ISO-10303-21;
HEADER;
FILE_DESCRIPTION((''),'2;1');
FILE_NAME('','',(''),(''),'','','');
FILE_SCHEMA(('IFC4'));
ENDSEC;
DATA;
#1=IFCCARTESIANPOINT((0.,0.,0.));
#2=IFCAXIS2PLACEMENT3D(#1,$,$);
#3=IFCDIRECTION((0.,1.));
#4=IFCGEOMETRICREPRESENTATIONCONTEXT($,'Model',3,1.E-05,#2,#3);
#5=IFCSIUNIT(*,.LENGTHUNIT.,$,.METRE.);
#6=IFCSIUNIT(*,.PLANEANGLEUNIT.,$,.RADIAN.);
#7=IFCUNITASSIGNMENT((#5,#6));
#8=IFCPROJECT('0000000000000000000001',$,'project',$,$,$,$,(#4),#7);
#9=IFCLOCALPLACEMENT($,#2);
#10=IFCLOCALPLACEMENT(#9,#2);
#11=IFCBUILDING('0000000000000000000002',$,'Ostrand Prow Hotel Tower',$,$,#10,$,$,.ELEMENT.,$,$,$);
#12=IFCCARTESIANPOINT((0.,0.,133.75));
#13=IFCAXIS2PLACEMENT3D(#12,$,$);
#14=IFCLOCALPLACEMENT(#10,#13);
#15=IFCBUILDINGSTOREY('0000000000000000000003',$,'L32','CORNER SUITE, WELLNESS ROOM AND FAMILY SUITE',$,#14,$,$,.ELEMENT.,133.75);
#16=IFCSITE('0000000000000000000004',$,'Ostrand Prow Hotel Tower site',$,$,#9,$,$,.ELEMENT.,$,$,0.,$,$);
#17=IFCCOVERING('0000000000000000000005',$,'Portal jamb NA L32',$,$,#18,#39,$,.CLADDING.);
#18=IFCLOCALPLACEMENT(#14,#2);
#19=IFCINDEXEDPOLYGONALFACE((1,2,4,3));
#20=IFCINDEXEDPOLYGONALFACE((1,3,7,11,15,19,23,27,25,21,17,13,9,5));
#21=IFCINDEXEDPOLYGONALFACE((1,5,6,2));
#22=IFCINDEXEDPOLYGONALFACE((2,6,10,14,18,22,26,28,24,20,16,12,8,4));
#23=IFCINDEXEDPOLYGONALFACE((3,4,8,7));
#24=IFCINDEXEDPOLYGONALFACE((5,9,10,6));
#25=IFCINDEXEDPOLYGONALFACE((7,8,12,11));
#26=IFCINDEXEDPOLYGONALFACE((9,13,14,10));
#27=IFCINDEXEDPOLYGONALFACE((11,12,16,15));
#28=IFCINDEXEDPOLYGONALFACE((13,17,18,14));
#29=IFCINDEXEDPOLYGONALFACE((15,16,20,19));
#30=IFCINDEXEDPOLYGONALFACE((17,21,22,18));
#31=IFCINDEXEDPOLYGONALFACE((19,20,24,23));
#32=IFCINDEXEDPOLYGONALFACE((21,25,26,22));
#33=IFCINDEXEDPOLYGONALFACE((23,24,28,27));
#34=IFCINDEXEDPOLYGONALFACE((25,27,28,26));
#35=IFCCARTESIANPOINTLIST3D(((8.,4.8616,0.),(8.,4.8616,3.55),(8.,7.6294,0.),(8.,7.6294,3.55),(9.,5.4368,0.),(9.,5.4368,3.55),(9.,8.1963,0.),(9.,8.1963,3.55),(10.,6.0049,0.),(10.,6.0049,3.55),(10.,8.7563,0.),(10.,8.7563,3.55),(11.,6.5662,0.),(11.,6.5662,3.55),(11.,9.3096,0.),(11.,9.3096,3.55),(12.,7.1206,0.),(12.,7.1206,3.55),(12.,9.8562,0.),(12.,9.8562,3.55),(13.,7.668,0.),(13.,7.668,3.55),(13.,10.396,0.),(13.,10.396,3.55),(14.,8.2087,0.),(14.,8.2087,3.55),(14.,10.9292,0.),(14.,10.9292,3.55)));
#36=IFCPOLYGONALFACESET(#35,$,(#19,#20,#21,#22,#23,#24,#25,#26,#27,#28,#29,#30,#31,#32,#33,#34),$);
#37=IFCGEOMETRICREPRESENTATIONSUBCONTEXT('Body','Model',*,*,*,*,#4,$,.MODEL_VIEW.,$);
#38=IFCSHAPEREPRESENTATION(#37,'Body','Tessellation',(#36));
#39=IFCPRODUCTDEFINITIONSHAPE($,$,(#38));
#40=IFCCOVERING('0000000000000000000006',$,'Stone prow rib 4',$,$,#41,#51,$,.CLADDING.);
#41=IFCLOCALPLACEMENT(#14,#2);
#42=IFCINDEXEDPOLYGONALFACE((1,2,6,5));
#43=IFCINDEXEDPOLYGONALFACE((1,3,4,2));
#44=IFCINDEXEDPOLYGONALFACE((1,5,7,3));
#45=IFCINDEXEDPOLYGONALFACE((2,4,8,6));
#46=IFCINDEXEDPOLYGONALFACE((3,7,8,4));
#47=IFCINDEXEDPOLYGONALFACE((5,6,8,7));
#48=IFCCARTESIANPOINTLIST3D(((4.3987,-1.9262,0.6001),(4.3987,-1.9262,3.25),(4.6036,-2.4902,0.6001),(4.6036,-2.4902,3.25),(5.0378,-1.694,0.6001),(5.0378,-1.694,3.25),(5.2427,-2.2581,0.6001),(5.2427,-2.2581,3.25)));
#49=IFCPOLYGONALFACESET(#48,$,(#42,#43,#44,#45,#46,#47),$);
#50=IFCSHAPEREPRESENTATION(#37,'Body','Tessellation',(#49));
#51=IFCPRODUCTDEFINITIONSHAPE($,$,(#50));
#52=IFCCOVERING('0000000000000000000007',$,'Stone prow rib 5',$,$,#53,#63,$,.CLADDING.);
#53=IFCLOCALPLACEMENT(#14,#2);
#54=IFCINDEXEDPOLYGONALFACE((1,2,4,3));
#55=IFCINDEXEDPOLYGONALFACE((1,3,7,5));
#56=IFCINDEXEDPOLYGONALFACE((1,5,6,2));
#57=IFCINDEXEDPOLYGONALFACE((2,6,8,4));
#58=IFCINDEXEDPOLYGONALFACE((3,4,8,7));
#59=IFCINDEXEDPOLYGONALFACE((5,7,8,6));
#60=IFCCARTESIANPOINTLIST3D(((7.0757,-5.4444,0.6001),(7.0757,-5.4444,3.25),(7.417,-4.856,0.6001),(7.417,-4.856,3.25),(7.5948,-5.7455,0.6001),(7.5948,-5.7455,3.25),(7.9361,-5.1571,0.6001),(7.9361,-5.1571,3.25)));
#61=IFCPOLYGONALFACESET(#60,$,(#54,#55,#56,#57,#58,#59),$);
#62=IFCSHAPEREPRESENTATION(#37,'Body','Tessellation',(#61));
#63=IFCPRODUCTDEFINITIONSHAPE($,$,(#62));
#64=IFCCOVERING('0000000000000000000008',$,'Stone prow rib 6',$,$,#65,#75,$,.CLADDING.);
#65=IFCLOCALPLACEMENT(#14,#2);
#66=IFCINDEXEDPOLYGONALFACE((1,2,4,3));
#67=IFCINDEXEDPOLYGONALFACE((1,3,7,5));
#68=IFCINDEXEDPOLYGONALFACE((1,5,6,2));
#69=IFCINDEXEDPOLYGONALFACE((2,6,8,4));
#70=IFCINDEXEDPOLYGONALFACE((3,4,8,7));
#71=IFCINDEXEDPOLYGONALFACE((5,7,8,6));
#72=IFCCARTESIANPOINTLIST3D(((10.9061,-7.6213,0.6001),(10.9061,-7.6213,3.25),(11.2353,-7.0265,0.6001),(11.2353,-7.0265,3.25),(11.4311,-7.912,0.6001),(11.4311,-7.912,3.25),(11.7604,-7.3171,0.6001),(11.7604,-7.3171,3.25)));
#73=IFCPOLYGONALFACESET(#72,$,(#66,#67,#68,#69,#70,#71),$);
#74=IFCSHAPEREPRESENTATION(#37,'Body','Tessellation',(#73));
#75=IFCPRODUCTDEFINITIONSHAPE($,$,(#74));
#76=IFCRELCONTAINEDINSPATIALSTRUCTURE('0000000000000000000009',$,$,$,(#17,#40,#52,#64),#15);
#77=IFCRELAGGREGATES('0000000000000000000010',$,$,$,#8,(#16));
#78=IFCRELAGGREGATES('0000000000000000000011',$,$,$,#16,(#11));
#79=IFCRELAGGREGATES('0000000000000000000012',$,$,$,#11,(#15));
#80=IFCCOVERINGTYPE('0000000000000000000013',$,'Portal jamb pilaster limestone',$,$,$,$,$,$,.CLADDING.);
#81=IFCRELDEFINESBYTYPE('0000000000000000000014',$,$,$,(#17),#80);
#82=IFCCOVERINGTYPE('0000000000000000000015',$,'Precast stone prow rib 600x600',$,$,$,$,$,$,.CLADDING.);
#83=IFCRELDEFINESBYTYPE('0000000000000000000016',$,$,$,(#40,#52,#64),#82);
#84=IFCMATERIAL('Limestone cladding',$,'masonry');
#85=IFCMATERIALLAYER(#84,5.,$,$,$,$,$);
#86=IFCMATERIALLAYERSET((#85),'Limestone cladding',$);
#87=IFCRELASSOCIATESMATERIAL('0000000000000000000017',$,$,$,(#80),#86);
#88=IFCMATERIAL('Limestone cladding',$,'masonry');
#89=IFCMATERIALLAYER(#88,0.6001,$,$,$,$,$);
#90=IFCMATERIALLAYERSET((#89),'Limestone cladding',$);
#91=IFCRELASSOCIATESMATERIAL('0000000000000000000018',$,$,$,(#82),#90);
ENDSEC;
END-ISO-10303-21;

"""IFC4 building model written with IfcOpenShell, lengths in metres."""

from ifc_helpers import new_model, si_unit, direction, frame, frame_2d, origin, place, context, subcontext, project, spatial, polyline, rectangle, outline, extrude, material, layer, layer_set, type_object, element, save


model = new_model("IFC4")

# Units and contexts
model_context = context("Model", 3, precision=1e-05, world=origin(), true_north=direction((0.0, 1.0)))
body_context = subcontext(model_context, "Body", "Model", "MODEL_VIEW")
ifc_project = project(units=[si_unit("LENGTHUNIT", "METRE"), si_unit("PLANEANGLEUNIT", "RADIAN")], contexts=[model_context])

# Site, building, storey
site_placement = place(None, origin())
site = spatial("IfcSite", under=ifc_project, at=site_placement, Name="Ostrand Prow Hotel Tower site", CompositionType="ELEMENT", RefElevation=0.0)
building_placement = place(site_placement, origin())
building = spatial("IfcBuilding", under=site, at=building_placement, Name="Ostrand Prow Hotel Tower", CompositionType="ELEMENT")
storey_placement = place(building_placement, frame((0.0, 0.0, 133.75)))
storey = spatial("IfcBuildingStorey", under=building, at=storey_placement, Name="L32", Description="CORNER SUITE, WELLNESS ROOM AND FAMILY SUITE", CompositionType="ELEMENT", Elevation=133.75)

# Coverings
ifc_material_1 = material(Name="Limestone cladding", Category="masonry")
ifc_layer_1 = layer(ifc_material_1, 5.0)
ifc_layer_set_1 = layer_set([ifc_layer_1], Name="Limestone cladding")
covering_type_1 = type_object("IfcCoveringType", Name="Portal jamb pilaster limestone", PredefinedType="CLADDING", material=ifc_layer_set_1)
covering_1_placement = place(storey_placement, origin())
element("IfcCovering", 1, at=covering_1_placement, inside=storey, type_object=covering_type_1, Name="Portal jamb NA L32", PredefinedType="CLADDING", context=body_context, shape_type="SweptSolid", body=[
    extrude(outline(polyline([(8.0, 4.8616), (9.0, 5.4368), (10.0, 6.0049), (11.0, 6.5662), (12.0, 7.1206), (13.0, 7.668), (14.0, 8.2087), (14.0, 10.9292), (13.0, 10.396), (12.0, 9.8562), (11.0, 9.3096), (10.0, 8.7563), (9.0, 8.1963), (8.0, 7.6294), (8.0, 4.8616)])), origin(), (0.0, 0.0, 1.0), 3.55),
])
ifc_material_2 = material(Name="Limestone cladding", Category="masonry")
ifc_layer_2 = layer(ifc_material_2, 0.6001)
ifc_layer_set_2 = layer_set([ifc_layer_2], Name="Limestone cladding")
covering_type_2 = type_object("IfcCoveringType", Name="Precast stone prow rib 600x600", PredefinedType="CLADDING", material=ifc_layer_set_2)
covering_2_placement = place(storey_placement, frame((5.1401, -1.9761, 0.6001), z_axis=(0.0, 0.0, 1.0), x_axis=(-0.939909, -0.341426, 0.0)))
element("IfcCovering", 2, at=covering_2_placement, inside=storey, type_object=covering_type_2, Name="Stone prow rib 4", PredefinedType="CLADDING", context=body_context, shape_type="SweptSolid", body=[
    extrude(rectangle(XDim=0.6799, YDim=0.6001, at=frame_2d((0.3398, 0.0))), origin(), (0.0, 0.0, 1.0), 2.6499),
])
covering_3_placement = place(storey_placement, frame((7.6765, -5.0066, 0.6001), z_axis=(0.0, 0.0, 1.0), x_axis=(-0.501772, -0.865, 0.0)))
element("IfcCovering", 3, at=covering_3_placement, inside=storey, type_object=covering_type_2, Name="Stone prow rib 5", PredefinedType="CLADDING", context=body_context, shape_type="SweptSolid", body=[
    extrude(rectangle(XDim=0.6802, YDim=0.6001, at=frame_2d((0.3401, 0.0))), origin(), (0.0, 0.0, 1.0), 2.6499),
])
covering_4_placement = place(storey_placement, frame((11.4978, -7.1719, 0.6001), z_axis=(0.0, 0.0, 1.0), x_axis=(-0.484301, -0.874901, 0.0)))
element("IfcCovering", 4, at=covering_4_placement, inside=storey, type_object=covering_type_2, Name="Stone prow rib 6", PredefinedType="CLADDING", context=body_context, shape_type="SweptSolid", body=[
    extrude(rectangle(XDim=0.6799, YDim=0.6001, at=frame_2d((0.3398, 0.0))), origin(), (0.0, 0.0, 1.0), 2.6499),
])

save(model, "model.ifc")
